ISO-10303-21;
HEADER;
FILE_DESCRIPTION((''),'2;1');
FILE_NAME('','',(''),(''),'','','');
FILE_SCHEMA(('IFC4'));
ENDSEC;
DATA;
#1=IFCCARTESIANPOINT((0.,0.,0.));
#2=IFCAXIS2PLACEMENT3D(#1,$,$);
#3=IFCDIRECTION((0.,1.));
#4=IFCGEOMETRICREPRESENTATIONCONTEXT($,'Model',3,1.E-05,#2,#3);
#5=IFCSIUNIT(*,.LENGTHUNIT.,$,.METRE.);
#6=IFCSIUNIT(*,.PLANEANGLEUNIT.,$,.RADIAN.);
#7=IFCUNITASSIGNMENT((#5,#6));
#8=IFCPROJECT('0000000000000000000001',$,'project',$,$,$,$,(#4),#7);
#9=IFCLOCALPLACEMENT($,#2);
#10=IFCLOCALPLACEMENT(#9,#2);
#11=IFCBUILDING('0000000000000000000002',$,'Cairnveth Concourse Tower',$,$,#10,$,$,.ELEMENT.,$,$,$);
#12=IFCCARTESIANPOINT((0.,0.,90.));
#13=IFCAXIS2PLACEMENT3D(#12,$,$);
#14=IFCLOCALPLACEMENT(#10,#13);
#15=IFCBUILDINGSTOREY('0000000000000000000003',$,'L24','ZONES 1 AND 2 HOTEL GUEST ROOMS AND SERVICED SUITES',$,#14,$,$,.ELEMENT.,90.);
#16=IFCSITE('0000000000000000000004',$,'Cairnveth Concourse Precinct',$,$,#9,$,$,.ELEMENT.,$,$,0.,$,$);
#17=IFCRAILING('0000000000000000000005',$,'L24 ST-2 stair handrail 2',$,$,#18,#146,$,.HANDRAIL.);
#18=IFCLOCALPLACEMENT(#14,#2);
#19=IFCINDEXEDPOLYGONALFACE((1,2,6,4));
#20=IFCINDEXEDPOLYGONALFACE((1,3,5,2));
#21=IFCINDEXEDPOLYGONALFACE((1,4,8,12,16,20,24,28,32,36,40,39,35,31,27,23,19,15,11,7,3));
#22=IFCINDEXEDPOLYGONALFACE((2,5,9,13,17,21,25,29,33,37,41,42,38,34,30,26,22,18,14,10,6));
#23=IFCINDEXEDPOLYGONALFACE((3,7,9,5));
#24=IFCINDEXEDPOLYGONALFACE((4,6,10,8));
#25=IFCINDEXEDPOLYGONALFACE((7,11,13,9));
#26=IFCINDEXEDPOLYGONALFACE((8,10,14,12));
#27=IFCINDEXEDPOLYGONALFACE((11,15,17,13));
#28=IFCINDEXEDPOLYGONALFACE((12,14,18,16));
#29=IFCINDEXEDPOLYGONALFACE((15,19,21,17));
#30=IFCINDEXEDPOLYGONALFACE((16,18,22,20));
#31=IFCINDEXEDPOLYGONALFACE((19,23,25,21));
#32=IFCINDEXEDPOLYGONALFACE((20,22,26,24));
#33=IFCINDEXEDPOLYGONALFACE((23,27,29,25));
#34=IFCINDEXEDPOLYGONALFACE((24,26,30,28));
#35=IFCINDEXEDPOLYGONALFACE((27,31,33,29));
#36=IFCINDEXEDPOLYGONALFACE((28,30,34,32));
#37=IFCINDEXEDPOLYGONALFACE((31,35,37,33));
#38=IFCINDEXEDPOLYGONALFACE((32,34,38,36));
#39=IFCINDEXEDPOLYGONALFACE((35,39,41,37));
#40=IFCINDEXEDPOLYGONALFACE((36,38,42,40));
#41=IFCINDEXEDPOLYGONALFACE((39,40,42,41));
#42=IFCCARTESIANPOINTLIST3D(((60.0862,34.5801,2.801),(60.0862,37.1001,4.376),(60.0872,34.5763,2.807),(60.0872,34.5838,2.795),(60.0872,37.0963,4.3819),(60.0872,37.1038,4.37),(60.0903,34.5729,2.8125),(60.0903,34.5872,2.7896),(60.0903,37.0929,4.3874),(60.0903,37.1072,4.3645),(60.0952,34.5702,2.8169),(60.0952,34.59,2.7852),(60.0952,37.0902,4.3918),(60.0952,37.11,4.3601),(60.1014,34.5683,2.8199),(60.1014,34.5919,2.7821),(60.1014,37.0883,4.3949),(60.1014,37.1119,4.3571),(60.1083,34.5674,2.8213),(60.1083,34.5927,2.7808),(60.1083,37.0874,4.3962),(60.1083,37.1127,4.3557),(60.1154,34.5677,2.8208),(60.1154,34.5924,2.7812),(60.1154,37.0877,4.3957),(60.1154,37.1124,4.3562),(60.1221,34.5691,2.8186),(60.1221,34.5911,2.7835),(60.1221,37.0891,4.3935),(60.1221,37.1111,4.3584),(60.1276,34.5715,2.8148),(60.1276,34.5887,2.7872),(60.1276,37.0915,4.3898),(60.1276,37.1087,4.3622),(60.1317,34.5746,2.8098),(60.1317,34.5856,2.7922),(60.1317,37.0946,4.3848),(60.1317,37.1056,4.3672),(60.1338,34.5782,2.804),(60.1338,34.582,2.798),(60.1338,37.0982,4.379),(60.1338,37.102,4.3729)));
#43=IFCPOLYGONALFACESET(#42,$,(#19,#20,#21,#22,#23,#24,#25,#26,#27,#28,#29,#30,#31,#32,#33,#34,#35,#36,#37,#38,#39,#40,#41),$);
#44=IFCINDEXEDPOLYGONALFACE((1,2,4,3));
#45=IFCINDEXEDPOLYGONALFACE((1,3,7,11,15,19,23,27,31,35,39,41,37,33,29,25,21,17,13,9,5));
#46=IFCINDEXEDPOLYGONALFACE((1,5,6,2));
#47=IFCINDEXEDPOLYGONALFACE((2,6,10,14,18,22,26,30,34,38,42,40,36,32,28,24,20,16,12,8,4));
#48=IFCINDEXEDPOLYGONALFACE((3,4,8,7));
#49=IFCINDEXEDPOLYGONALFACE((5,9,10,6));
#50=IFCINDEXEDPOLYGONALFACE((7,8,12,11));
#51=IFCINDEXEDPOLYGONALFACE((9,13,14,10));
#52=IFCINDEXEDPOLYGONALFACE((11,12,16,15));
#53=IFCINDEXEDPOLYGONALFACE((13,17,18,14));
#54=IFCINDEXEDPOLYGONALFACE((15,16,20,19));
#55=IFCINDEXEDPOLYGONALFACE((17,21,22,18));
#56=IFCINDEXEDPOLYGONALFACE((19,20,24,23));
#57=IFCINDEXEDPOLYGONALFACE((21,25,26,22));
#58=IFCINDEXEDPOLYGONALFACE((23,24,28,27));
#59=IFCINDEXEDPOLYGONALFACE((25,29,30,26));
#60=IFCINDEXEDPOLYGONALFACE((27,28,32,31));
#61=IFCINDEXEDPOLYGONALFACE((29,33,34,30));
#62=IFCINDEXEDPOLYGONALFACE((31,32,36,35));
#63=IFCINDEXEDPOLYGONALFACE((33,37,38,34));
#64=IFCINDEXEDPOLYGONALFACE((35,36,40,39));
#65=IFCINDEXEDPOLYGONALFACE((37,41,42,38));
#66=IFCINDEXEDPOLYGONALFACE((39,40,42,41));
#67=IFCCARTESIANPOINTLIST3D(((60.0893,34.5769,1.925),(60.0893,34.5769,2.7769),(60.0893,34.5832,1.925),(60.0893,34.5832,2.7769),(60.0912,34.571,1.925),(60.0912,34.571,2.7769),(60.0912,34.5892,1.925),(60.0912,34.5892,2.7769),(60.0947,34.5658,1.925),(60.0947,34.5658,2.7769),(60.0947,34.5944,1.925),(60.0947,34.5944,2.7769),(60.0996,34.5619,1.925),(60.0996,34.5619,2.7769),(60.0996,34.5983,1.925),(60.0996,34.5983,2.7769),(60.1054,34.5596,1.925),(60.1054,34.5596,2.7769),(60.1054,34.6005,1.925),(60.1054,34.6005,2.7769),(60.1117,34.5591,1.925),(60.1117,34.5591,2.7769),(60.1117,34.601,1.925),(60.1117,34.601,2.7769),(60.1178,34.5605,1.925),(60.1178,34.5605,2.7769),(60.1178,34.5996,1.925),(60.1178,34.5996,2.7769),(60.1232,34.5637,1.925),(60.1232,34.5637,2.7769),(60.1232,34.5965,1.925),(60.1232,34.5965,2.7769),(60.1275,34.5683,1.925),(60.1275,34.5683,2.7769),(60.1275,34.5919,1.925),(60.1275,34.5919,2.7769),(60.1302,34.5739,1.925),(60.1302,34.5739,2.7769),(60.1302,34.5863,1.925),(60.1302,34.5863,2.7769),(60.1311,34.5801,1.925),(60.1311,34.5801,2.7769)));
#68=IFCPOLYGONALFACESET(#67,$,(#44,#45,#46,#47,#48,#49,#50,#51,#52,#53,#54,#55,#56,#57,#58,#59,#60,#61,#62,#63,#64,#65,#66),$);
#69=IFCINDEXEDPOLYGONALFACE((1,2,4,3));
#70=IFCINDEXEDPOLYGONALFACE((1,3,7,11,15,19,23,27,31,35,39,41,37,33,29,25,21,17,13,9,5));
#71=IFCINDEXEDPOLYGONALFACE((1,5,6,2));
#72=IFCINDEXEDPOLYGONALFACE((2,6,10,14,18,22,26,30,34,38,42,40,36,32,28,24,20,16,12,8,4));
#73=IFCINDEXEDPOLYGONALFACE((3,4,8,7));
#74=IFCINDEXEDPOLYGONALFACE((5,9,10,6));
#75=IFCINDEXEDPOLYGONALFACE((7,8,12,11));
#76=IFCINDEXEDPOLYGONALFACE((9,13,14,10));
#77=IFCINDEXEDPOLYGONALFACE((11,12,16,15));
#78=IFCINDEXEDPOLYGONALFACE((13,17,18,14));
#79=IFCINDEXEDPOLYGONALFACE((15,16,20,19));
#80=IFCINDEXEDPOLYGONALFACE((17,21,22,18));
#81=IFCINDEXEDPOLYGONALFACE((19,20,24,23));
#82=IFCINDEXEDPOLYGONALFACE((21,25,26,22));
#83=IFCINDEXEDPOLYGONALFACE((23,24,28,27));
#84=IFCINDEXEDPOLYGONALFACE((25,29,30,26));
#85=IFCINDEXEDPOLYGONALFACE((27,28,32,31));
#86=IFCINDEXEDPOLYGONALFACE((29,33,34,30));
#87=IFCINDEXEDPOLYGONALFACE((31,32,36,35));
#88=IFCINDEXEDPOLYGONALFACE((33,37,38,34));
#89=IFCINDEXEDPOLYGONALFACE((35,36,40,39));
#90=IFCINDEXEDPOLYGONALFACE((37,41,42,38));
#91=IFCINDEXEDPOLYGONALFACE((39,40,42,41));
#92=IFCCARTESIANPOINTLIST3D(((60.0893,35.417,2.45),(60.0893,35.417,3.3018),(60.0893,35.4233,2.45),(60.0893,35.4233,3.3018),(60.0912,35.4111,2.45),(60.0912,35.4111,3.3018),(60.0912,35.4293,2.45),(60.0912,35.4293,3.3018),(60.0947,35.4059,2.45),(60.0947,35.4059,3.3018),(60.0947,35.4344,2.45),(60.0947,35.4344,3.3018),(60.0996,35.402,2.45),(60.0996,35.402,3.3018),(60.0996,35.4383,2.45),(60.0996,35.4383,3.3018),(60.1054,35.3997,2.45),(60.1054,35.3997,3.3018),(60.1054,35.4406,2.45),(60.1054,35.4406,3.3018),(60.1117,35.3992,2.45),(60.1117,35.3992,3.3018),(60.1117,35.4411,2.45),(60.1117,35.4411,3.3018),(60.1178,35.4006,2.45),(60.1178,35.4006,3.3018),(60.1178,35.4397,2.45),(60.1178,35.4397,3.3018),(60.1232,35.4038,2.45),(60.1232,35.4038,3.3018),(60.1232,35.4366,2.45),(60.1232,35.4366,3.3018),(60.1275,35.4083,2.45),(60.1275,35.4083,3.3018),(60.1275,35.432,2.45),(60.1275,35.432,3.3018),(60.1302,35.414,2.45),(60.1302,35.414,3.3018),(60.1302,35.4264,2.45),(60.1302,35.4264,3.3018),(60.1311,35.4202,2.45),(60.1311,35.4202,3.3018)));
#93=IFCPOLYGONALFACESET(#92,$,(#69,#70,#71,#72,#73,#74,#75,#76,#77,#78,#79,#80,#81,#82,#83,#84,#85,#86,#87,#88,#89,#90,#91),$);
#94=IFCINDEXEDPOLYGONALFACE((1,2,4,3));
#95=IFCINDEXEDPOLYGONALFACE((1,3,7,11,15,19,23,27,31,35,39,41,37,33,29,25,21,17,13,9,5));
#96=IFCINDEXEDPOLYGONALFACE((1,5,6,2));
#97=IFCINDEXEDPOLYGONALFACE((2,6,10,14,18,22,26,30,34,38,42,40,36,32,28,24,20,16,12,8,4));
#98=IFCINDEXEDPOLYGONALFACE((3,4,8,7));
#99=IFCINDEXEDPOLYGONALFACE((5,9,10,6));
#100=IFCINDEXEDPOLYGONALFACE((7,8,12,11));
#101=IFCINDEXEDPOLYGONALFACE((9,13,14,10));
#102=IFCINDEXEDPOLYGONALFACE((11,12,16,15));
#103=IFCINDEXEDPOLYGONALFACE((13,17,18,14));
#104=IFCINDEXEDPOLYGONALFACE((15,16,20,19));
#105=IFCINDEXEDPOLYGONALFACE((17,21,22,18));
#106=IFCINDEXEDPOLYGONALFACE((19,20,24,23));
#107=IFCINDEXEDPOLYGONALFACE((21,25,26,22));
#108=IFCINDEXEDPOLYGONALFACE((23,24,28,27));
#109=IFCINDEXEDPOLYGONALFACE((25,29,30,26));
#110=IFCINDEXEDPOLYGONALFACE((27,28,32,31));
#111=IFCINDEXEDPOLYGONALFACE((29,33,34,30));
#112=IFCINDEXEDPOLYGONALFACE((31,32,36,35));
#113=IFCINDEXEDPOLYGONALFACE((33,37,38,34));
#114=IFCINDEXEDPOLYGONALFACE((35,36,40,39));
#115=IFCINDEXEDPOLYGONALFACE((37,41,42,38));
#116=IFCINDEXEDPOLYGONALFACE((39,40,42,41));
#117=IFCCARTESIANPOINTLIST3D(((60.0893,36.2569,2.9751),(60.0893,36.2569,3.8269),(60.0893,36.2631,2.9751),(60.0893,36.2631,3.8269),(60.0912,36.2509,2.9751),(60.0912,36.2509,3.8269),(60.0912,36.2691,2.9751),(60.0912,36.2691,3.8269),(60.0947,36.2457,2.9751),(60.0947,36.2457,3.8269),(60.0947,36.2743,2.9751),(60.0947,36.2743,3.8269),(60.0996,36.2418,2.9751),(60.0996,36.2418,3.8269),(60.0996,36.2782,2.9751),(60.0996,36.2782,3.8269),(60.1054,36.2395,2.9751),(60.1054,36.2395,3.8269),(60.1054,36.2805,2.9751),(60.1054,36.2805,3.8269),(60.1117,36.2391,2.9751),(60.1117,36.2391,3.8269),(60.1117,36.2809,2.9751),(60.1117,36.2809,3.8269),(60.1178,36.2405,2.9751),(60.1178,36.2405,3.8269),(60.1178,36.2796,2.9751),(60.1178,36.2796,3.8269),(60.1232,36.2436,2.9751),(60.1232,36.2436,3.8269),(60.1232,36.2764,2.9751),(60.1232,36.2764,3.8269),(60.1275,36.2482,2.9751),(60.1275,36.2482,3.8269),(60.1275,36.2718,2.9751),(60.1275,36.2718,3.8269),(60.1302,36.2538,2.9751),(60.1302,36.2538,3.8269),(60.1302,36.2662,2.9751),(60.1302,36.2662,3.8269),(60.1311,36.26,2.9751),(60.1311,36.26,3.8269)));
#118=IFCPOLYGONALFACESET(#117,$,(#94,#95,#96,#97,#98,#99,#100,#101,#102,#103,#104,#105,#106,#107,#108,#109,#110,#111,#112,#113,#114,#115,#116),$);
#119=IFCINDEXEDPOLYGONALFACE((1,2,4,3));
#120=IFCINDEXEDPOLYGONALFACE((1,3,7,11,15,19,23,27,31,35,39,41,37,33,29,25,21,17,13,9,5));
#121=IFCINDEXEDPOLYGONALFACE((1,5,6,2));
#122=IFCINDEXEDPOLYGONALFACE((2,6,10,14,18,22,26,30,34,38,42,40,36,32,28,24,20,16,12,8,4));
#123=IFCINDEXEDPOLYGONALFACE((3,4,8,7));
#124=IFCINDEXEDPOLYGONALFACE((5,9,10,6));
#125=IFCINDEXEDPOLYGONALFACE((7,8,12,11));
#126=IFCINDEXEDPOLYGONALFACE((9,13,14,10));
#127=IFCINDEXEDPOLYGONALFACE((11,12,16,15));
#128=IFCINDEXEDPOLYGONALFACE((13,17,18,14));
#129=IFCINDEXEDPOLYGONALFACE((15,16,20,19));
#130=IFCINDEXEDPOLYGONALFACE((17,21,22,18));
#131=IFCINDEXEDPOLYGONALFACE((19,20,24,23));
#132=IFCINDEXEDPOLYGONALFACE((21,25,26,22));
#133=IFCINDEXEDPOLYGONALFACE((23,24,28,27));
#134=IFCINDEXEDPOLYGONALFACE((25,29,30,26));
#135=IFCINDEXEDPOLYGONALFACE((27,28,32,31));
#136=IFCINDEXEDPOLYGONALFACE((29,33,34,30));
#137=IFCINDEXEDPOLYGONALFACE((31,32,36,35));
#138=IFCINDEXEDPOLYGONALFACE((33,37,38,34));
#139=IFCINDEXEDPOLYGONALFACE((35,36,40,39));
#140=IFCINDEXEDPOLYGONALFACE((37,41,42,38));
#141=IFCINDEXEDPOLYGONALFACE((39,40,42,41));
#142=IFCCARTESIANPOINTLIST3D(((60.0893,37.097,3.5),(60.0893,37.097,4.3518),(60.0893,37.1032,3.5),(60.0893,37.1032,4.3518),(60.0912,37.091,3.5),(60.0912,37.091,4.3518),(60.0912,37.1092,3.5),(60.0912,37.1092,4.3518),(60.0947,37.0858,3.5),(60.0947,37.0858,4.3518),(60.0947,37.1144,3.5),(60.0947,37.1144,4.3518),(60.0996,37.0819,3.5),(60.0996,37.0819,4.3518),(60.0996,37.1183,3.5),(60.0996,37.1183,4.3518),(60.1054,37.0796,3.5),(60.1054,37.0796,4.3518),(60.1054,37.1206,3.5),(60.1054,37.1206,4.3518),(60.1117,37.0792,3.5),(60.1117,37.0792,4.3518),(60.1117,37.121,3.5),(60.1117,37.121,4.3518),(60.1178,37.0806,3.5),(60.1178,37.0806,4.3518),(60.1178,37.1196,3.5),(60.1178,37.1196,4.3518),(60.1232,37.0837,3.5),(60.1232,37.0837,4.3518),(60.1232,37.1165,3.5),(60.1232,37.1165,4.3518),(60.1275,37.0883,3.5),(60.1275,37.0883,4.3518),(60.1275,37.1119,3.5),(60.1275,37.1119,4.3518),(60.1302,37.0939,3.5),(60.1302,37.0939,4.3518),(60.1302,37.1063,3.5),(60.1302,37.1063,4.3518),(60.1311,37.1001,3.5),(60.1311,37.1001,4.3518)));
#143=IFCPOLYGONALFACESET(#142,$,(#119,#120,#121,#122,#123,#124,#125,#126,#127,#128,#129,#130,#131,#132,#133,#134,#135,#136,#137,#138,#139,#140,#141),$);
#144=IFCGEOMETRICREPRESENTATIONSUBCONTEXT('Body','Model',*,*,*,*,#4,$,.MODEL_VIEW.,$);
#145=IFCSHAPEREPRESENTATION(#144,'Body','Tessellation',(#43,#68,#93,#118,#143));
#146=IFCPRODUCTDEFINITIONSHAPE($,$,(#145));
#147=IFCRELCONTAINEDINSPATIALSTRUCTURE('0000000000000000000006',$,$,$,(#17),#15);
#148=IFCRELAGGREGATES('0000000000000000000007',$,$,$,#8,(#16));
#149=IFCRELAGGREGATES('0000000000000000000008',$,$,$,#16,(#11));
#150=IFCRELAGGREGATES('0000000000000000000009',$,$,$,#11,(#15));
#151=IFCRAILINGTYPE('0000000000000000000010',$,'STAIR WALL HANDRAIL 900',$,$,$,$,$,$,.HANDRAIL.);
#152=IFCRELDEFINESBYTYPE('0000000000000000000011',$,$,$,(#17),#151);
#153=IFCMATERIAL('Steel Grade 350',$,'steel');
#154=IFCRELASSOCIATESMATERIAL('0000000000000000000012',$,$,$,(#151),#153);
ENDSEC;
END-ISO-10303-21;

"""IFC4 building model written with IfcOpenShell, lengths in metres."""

from ifc_helpers import new_model, si_unit, direction, frame, origin, origin_2d, place, context, subcontext, project, spatial, circle, extrude, material, type_object, element, save


model = new_model("IFC4")

# Units and contexts
model_context = context("Model", 3, precision=1e-05, world=origin(), true_north=direction((0.0, 1.0)))
body_context = subcontext(model_context, "Body", "Model", "MODEL_VIEW")
ifc_project = project(units=[si_unit("LENGTHUNIT", "METRE"), si_unit("PLANEANGLEUNIT", "RADIAN")], contexts=[model_context])

# Site, building, storey
site_placement = place(None, origin())
site = spatial("IfcSite", under=ifc_project, at=site_placement, Name="Cairnveth Concourse Precinct", CompositionType="ELEMENT", RefElevation=0.0)
building_placement = place(site_placement, origin())
building = spatial("IfcBuilding", under=site, at=building_placement, Name="Cairnveth Concourse Tower", CompositionType="ELEMENT")
storey_placement = place(building_placement, frame((0.0, 0.0, 90.0)))
storey = spatial("IfcBuildingStorey", under=building, at=storey_placement, Name="L24", Description="ZONES 1 AND 2 HOTEL GUEST ROOMS AND SERVICED SUITES", CompositionType="ELEMENT", Elevation=90.0)

# Shared definitions
ifc_material_1 = material(Name="Steel Grade 350", Category="steel")

# Railing
railing_type_1 = type_object("IfcRailingType", Name="STAIR WALL HANDRAIL 900", PredefinedType="HANDRAIL", material=ifc_material_1)
railing_1_placement = place(storey_placement, frame((60.1101, 34.5801, 1.925)))
element("IfcRailing", 1, at=railing_1_placement, inside=storey, type_object=railing_type_1, Name="L24 ST-2 stair handrail 2", PredefinedType="HANDRAIL", context=body_context, shape_type="SweptSolid", body=[
    extrude(circle(Radius=0.0239, at=origin_2d()), frame((0.0, 0.0, 0.876), z_axis=(0.0, 0.848008, 0.529984), x_axis=(-1.0, 0.0, 0.0)), (0.0, 0.0, 1.0), 2.9717),
    extrude(circle(Radius=0.021, at=origin_2d()), origin(), (0.0, 0.0, 1.0), 0.8518),
    extrude(circle(Radius=0.021, at=origin_2d()), frame((0.0, 0.8401, 0.5249)), (0.0, 0.0, 1.0), 0.8518),
    extrude(circle(Radius=0.021, at=origin_2d()), frame((0.0, 1.6799, 1.05)), (0.0, 0.0, 1.0), 0.8518),
    extrude(circle(Radius=0.021, at=origin_2d()), frame((0.0, 2.52, 1.575)), (0.0, 0.0, 1.0), 0.8518),
])

save(model, "model.ifc")
